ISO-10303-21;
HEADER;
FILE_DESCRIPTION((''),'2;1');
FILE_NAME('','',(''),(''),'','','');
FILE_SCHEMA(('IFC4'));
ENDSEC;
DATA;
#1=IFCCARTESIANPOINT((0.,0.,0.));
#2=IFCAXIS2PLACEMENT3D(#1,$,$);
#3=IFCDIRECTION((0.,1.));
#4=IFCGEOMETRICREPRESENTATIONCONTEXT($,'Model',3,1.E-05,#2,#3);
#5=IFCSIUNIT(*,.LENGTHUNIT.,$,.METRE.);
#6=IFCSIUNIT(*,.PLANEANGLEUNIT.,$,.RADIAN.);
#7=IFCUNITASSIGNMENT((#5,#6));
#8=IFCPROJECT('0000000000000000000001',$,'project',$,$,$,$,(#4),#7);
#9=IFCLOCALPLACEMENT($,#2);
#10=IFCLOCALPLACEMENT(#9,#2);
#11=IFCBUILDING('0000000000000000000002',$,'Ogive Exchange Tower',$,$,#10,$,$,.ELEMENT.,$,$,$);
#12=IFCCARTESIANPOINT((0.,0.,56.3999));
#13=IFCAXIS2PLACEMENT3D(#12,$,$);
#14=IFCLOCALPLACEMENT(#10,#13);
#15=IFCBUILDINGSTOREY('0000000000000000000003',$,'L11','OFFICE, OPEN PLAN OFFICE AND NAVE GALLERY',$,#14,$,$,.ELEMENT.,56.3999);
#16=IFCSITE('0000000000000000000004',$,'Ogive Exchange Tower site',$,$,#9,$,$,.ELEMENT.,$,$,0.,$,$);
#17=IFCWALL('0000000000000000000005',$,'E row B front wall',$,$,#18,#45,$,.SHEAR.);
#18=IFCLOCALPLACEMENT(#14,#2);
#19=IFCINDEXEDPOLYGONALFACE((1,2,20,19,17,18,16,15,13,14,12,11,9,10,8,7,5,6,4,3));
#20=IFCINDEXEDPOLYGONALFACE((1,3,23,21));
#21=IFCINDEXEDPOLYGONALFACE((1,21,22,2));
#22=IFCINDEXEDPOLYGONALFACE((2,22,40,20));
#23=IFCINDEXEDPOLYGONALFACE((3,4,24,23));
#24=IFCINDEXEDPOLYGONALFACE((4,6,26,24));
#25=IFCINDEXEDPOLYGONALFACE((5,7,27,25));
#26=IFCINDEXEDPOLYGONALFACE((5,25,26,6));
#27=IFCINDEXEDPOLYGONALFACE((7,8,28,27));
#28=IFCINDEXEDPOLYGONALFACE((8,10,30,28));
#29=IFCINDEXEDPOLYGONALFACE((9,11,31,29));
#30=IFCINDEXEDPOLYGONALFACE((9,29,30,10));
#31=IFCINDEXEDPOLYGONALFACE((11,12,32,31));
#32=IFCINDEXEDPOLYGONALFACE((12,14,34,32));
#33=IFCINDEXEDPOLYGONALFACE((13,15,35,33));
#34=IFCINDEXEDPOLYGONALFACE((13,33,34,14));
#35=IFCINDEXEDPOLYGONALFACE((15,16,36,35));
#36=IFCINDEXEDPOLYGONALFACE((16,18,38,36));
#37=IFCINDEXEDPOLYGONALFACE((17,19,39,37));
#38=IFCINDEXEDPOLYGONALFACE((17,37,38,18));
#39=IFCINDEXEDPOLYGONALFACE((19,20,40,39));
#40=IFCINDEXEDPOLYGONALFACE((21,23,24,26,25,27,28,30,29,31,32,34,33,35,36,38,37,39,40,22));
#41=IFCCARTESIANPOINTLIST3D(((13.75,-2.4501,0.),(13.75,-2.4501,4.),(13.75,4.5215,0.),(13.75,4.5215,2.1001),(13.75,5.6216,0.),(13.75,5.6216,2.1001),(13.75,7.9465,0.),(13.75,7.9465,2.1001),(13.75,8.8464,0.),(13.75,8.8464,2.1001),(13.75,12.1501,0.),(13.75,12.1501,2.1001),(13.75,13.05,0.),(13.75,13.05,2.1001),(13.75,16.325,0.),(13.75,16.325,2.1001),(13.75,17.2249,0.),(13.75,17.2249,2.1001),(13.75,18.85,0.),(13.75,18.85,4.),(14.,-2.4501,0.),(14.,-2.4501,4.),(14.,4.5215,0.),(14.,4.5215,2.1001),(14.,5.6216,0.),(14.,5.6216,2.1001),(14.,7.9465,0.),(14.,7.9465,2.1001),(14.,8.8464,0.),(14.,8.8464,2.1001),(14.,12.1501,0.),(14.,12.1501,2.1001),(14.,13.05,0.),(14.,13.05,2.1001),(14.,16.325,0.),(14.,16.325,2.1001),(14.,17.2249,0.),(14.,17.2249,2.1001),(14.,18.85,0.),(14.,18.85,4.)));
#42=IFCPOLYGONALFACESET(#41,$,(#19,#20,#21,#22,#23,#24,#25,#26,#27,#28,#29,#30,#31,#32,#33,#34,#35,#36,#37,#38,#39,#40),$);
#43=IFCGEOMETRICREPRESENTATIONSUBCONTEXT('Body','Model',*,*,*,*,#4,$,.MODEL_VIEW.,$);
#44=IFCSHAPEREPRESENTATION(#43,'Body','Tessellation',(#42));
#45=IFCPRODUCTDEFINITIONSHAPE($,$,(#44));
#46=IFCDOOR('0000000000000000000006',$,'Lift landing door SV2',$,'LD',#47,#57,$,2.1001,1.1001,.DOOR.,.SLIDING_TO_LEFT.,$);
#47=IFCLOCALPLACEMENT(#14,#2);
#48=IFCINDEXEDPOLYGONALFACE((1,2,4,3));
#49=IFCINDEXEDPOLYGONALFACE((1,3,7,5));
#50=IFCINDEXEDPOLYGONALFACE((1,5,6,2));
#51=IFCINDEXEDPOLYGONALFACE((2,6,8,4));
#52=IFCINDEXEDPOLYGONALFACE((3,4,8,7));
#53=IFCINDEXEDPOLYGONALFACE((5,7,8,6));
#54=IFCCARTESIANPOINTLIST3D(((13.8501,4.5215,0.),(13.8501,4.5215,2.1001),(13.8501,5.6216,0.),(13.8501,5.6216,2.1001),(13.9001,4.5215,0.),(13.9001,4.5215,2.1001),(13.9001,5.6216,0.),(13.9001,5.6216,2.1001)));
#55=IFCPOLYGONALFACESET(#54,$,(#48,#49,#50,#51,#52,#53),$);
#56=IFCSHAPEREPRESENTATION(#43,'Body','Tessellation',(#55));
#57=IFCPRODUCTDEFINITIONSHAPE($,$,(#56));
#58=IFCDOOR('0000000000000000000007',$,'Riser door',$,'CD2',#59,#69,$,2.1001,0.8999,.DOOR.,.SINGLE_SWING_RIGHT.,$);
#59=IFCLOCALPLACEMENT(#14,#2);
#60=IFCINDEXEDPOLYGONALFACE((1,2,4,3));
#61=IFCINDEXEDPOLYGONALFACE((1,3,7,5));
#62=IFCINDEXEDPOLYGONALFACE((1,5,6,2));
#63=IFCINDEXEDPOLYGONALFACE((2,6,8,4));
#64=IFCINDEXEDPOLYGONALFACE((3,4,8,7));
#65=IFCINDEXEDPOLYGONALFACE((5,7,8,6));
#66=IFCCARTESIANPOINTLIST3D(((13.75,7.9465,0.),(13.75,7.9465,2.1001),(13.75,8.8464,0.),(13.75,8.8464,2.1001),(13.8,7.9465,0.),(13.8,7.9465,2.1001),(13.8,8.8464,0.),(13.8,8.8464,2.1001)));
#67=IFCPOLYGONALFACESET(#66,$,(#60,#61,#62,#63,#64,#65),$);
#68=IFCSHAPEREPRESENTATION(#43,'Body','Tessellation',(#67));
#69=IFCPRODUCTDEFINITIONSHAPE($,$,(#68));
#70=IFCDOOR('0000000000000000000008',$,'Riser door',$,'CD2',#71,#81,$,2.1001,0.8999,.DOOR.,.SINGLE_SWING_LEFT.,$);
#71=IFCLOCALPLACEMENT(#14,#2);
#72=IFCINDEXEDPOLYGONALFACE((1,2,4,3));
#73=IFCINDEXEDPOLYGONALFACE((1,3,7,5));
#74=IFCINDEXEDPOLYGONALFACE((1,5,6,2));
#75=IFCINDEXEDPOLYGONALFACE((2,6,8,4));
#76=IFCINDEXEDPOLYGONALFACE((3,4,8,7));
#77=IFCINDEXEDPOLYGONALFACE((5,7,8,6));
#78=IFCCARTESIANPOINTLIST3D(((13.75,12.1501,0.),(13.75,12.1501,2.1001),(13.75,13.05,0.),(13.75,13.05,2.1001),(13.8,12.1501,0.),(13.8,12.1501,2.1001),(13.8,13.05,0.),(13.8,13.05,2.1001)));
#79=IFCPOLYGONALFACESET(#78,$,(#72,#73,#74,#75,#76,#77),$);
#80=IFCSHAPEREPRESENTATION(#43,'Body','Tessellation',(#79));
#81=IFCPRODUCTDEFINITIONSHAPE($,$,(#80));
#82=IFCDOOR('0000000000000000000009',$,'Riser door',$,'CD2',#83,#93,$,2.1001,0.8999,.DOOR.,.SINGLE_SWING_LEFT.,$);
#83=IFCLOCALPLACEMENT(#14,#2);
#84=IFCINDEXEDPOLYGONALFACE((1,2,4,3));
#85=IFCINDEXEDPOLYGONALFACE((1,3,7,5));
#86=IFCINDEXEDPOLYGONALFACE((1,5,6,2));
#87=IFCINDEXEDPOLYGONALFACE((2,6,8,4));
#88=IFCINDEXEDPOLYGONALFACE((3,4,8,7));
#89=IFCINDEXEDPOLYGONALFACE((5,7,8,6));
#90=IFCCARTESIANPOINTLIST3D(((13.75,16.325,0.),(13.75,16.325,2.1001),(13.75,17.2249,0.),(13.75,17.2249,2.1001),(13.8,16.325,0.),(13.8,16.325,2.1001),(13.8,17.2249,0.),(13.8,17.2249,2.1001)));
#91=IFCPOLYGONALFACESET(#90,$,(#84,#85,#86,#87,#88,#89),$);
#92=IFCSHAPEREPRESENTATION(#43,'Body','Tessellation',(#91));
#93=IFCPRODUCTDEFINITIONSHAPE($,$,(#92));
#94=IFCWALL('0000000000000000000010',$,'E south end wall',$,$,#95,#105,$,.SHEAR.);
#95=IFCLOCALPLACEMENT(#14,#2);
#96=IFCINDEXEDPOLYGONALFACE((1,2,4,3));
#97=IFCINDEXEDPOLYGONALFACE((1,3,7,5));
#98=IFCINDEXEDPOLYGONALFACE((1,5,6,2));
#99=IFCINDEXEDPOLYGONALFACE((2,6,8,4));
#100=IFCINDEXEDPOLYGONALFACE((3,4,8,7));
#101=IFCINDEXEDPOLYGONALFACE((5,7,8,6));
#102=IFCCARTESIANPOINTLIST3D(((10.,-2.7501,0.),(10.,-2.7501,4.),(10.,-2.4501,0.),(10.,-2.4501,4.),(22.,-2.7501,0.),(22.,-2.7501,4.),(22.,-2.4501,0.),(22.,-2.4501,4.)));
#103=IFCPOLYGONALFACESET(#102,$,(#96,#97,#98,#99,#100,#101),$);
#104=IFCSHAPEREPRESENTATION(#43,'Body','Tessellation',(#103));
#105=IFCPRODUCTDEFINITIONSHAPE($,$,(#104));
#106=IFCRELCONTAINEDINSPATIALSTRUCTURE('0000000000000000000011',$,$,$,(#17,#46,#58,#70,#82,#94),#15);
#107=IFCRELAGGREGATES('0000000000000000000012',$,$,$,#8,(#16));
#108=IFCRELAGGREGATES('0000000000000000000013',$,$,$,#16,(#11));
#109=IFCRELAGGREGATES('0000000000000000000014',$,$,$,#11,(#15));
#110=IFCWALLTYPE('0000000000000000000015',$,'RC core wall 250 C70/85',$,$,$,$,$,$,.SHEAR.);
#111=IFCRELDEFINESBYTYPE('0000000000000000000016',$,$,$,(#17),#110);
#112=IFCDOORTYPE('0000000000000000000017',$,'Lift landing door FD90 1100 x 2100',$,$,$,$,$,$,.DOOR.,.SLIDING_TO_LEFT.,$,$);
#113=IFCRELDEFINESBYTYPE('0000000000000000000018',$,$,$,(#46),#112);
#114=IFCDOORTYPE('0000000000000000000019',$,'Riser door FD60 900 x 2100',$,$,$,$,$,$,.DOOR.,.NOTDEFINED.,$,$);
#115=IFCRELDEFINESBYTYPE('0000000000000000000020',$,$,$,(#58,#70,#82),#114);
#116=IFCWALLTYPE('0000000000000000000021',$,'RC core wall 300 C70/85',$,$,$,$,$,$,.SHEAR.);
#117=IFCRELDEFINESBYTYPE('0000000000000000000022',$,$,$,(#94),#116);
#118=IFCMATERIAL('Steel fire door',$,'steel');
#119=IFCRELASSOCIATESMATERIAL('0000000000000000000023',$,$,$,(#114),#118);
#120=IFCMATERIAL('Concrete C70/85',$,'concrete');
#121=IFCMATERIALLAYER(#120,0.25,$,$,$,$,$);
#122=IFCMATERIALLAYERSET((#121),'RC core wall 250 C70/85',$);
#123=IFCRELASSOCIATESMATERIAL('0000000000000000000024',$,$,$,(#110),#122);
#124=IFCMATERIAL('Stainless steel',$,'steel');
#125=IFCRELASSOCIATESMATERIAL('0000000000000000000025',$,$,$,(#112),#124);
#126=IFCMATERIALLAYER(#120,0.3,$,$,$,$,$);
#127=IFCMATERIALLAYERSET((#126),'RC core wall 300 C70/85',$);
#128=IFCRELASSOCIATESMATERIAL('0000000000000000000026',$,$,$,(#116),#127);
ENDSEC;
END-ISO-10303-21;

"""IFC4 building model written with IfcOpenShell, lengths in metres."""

from ifc_helpers import new_model, si_unit, direction, frame, frame_2d, origin, place, context, subcontext, project, spatial, rectangle, extrude, material, layer, layer_set, type_object, element, fill, save


model = new_model("IFC4")

# Units and contexts
model_context = context("Model", 3, precision=1e-05, world=origin(), true_north=direction((0.0, 1.0)))
body_context = subcontext(model_context, "Body", "Model", "MODEL_VIEW")
ifc_project = project(units=[si_unit("LENGTHUNIT", "METRE"), si_unit("PLANEANGLEUNIT", "RADIAN")], contexts=[model_context])

# Site, building, storey
site_placement = place(None, origin())
site = spatial("IfcSite", under=ifc_project, at=site_placement, Name="Ogive Exchange Tower site", CompositionType="ELEMENT", RefElevation=0.0)
building_placement = place(site_placement, origin())
building = spatial("IfcBuilding", under=site, at=building_placement, Name="Ogive Exchange Tower", CompositionType="ELEMENT")
storey_placement = place(building_placement, frame((0.0, 0.0, 56.3999)))
storey = spatial("IfcBuildingStorey", under=building, at=storey_placement, Name="L11", Description="OFFICE, OPEN PLAN OFFICE AND NAVE GALLERY", CompositionType="ELEMENT", Elevation=56.3999)

# Shared definitions
ifc_material_1 = material(Name="Concrete C70/85", Category="concrete")

# Shared definitions
ifc_material_2 = material(Name="Steel fire door", Category="steel")
door_type_1 = type_object("IfcDoorType", Name="Riser door FD60 900 x 2100", OperationType="NOTDEFINED", PredefinedType="DOOR", material=ifc_material_2)

# Shared definitions
ifc_layer_1 = layer(ifc_material_1, 0.25)
ifc_layer_set_1 = layer_set([ifc_layer_1], Name="RC core wall 250 C70/85")
wall_type_1 = type_object("IfcWallType", Name="RC core wall 250 C70/85", PredefinedType="SHEAR", material=ifc_layer_set_1)

# Wall, openings, doors
wall_1_placement = place(storey_placement, frame((13.875, -2.45, 0.0), z_axis=(0.0, 0.0, 1.0), x_axis=(0.0, 1.0, 0.0)))
wall_1 = element("IfcWall", 1, at=wall_1_placement, inside=storey, type_object=wall_type_1, Name="E row B front wall", PredefinedType="SHEAR", context=body_context, shape_type="SweptSolid", body=[
    extrude(rectangle(XDim=21.3, YDim=0.25, at=frame_2d((10.6499, 0.0))), origin(), (0.0, 0.0, 1.0), 4.0),
])
opening_1_placement = place(wall_1_placement, frame((10.3965, 0.0, 0.0)))
opening_1 = element("IfcOpeningElement", 2, at=opening_1_placement, cuts=wall_1, PredefinedType="OPENING", context=body_context, shape_type="SweptSolid", body=[
    extrude(rectangle(XDim=0.8999, YDim=2.1001, at=frame_2d((0.45, 1.05))), frame((0.0, 0.135, 0.0), z_axis=(0.0, -1.0, 0.0), x_axis=(1.0, 0.0, 0.0)), (0.0, 0.0, 1.0), 0.27),
])
opening_2_placement = place(wall_1_placement, frame((14.6001, 0.0, 0.0)))
opening_2 = element("IfcOpeningElement", 3, at=opening_2_placement, cuts=wall_1, PredefinedType="OPENING", context=body_context, shape_type="SweptSolid", body=[
    extrude(rectangle(XDim=0.8999, YDim=2.1001, at=frame_2d((0.45, 1.05))), frame((0.0, 0.135, 0.0), z_axis=(0.0, -1.0, 0.0), x_axis=(1.0, 0.0, 0.0)), (0.0, 0.0, 1.0), 0.27),
])
opening_3_placement = place(wall_1_placement, frame((18.7749, 0.0, 0.0)))
opening_3 = element("IfcOpeningElement", 4, at=opening_3_placement, cuts=wall_1, PredefinedType="OPENING", context=body_context, shape_type="SweptSolid", body=[
    extrude(rectangle(XDim=0.8999, YDim=2.1001, at=frame_2d((0.45, 1.05))), frame((0.0, 0.135, 0.0), z_axis=(0.0, -1.0, 0.0), x_axis=(1.0, 0.0, 0.0)), (0.0, 0.0, 1.0), 0.27),
])
opening_4_placement = place(wall_1_placement, frame((6.9714, 0.0, 0.0)))
opening_4 = element("IfcOpeningElement", 5, at=opening_4_placement, cuts=wall_1, PredefinedType="OPENING", context=body_context, shape_type="SweptSolid", body=[
    extrude(rectangle(XDim=1.1001, YDim=2.1001, at=frame_2d((0.55, 1.05))), frame((0.0, 0.135, 0.0), z_axis=(0.0, -1.0, 0.0), x_axis=(1.0, 0.0, 0.0)), (0.0, 0.0, 1.0), 0.27),
])
ifc_material_3 = material(Name="Stainless steel", Category="steel")
door_type_2 = type_object("IfcDoorType", Name="Lift landing door FD90 1100 x 2100", OperationType="SLIDING_TO_LEFT", PredefinedType="DOOR", material=ifc_material_3)
door_1_placement = place(opening_4_placement, origin())
door_1 = element("IfcDoor", 6, at=door_1_placement, inside=storey, type_object=door_type_2, Name="Lift landing door SV2", ObjectType="LD", OperationType="SLIDING_TO_LEFT", OverallHeight=2.1001, OverallWidth=1.1001, PredefinedType="DOOR", context=body_context, shape_type="SweptSolid", body=[
    extrude(rectangle(XDim=1.1001, YDim=2.1001, at=frame_2d((0.55, 1.05))), frame((0.0, 0.0249, 0.0), z_axis=(0.0, -1.0, 0.0), x_axis=(1.0, 0.0, 0.0)), (0.0, 0.0, 1.0), 0.05),
])
fill(opening_4, door_1)
door_2_placement = place(opening_1_placement, origin())
door_2 = element("IfcDoor", 7, at=door_2_placement, inside=storey, type_object=door_type_1, Name="Riser door", ObjectType="CD2", OperationType="SINGLE_SWING_RIGHT", OverallHeight=2.1001, OverallWidth=0.8999, PredefinedType="DOOR", context=body_context, shape_type="SweptSolid", body=[
    extrude(rectangle(XDim=0.8999, YDim=2.1001, at=frame_2d((0.45, 1.05))), frame((0.0, 0.125, 0.0), z_axis=(0.0, -1.0, 0.0), x_axis=(1.0, 0.0, 0.0)), (0.0, 0.0, 1.0), 0.05),
])
fill(opening_1, door_2)
door_3_placement = place(opening_2_placement, origin())
door_3 = element("IfcDoor", 8, at=door_3_placement, inside=storey, type_object=door_type_1, Name="Riser door", ObjectType="CD2", OperationType="SINGLE_SWING_LEFT", OverallHeight=2.1001, OverallWidth=0.8999, PredefinedType="DOOR", context=body_context, shape_type="SweptSolid", body=[
    extrude(rectangle(XDim=0.8999, YDim=2.1001, at=frame_2d((0.45, 1.05))), frame((0.0, 0.125, 0.0), z_axis=(0.0, -1.0, 0.0), x_axis=(1.0, 0.0, 0.0)), (0.0, 0.0, 1.0), 0.05),
])
fill(opening_2, door_3)
door_4_placement = place(opening_3_placement, origin())
door_4 = element("IfcDoor", 9, at=door_4_placement, inside=storey, type_object=door_type_1, Name="Riser door", ObjectType="CD2", OperationType="SINGLE_SWING_LEFT", OverallHeight=2.1001, OverallWidth=0.8999, PredefinedType="DOOR", context=body_context, shape_type="SweptSolid", body=[
    extrude(rectangle(XDim=0.8999, YDim=2.1001, at=frame_2d((0.45, 1.05))), frame((0.0, 0.125, 0.0), z_axis=(0.0, -1.0, 0.0), x_axis=(1.0, 0.0, 0.0)), (0.0, 0.0, 1.0), 0.05),
])
fill(opening_3, door_4)

# Wall
ifc_layer_2 = layer(ifc_material_1, 0.3)
ifc_layer_set_2 = layer_set([ifc_layer_2], Name="RC core wall 300 C70/85")
wall_type_2 = type_object("IfcWallType", Name="RC core wall 300 C70/85", PredefinedType="SHEAR", material=ifc_layer_set_2)
wall_2_placement = place(storey_placement, frame((10.0, -2.6001, 0.0), z_axis=(0.0, 0.0, 1.0), x_axis=(1.0, 0.0, 0.0)))
element("IfcWall", 10, at=wall_2_placement, inside=storey, type_object=wall_type_2, Name="E south end wall", PredefinedType="SHEAR", context=body_context, shape_type="SweptSolid", body=[
    extrude(rectangle(XDim=12.0, YDim=0.3, at=frame_2d((6.0, 0.0))), origin(), (0.0, 0.0, 1.0), 4.0),
])

save(model, "model.ifc")
